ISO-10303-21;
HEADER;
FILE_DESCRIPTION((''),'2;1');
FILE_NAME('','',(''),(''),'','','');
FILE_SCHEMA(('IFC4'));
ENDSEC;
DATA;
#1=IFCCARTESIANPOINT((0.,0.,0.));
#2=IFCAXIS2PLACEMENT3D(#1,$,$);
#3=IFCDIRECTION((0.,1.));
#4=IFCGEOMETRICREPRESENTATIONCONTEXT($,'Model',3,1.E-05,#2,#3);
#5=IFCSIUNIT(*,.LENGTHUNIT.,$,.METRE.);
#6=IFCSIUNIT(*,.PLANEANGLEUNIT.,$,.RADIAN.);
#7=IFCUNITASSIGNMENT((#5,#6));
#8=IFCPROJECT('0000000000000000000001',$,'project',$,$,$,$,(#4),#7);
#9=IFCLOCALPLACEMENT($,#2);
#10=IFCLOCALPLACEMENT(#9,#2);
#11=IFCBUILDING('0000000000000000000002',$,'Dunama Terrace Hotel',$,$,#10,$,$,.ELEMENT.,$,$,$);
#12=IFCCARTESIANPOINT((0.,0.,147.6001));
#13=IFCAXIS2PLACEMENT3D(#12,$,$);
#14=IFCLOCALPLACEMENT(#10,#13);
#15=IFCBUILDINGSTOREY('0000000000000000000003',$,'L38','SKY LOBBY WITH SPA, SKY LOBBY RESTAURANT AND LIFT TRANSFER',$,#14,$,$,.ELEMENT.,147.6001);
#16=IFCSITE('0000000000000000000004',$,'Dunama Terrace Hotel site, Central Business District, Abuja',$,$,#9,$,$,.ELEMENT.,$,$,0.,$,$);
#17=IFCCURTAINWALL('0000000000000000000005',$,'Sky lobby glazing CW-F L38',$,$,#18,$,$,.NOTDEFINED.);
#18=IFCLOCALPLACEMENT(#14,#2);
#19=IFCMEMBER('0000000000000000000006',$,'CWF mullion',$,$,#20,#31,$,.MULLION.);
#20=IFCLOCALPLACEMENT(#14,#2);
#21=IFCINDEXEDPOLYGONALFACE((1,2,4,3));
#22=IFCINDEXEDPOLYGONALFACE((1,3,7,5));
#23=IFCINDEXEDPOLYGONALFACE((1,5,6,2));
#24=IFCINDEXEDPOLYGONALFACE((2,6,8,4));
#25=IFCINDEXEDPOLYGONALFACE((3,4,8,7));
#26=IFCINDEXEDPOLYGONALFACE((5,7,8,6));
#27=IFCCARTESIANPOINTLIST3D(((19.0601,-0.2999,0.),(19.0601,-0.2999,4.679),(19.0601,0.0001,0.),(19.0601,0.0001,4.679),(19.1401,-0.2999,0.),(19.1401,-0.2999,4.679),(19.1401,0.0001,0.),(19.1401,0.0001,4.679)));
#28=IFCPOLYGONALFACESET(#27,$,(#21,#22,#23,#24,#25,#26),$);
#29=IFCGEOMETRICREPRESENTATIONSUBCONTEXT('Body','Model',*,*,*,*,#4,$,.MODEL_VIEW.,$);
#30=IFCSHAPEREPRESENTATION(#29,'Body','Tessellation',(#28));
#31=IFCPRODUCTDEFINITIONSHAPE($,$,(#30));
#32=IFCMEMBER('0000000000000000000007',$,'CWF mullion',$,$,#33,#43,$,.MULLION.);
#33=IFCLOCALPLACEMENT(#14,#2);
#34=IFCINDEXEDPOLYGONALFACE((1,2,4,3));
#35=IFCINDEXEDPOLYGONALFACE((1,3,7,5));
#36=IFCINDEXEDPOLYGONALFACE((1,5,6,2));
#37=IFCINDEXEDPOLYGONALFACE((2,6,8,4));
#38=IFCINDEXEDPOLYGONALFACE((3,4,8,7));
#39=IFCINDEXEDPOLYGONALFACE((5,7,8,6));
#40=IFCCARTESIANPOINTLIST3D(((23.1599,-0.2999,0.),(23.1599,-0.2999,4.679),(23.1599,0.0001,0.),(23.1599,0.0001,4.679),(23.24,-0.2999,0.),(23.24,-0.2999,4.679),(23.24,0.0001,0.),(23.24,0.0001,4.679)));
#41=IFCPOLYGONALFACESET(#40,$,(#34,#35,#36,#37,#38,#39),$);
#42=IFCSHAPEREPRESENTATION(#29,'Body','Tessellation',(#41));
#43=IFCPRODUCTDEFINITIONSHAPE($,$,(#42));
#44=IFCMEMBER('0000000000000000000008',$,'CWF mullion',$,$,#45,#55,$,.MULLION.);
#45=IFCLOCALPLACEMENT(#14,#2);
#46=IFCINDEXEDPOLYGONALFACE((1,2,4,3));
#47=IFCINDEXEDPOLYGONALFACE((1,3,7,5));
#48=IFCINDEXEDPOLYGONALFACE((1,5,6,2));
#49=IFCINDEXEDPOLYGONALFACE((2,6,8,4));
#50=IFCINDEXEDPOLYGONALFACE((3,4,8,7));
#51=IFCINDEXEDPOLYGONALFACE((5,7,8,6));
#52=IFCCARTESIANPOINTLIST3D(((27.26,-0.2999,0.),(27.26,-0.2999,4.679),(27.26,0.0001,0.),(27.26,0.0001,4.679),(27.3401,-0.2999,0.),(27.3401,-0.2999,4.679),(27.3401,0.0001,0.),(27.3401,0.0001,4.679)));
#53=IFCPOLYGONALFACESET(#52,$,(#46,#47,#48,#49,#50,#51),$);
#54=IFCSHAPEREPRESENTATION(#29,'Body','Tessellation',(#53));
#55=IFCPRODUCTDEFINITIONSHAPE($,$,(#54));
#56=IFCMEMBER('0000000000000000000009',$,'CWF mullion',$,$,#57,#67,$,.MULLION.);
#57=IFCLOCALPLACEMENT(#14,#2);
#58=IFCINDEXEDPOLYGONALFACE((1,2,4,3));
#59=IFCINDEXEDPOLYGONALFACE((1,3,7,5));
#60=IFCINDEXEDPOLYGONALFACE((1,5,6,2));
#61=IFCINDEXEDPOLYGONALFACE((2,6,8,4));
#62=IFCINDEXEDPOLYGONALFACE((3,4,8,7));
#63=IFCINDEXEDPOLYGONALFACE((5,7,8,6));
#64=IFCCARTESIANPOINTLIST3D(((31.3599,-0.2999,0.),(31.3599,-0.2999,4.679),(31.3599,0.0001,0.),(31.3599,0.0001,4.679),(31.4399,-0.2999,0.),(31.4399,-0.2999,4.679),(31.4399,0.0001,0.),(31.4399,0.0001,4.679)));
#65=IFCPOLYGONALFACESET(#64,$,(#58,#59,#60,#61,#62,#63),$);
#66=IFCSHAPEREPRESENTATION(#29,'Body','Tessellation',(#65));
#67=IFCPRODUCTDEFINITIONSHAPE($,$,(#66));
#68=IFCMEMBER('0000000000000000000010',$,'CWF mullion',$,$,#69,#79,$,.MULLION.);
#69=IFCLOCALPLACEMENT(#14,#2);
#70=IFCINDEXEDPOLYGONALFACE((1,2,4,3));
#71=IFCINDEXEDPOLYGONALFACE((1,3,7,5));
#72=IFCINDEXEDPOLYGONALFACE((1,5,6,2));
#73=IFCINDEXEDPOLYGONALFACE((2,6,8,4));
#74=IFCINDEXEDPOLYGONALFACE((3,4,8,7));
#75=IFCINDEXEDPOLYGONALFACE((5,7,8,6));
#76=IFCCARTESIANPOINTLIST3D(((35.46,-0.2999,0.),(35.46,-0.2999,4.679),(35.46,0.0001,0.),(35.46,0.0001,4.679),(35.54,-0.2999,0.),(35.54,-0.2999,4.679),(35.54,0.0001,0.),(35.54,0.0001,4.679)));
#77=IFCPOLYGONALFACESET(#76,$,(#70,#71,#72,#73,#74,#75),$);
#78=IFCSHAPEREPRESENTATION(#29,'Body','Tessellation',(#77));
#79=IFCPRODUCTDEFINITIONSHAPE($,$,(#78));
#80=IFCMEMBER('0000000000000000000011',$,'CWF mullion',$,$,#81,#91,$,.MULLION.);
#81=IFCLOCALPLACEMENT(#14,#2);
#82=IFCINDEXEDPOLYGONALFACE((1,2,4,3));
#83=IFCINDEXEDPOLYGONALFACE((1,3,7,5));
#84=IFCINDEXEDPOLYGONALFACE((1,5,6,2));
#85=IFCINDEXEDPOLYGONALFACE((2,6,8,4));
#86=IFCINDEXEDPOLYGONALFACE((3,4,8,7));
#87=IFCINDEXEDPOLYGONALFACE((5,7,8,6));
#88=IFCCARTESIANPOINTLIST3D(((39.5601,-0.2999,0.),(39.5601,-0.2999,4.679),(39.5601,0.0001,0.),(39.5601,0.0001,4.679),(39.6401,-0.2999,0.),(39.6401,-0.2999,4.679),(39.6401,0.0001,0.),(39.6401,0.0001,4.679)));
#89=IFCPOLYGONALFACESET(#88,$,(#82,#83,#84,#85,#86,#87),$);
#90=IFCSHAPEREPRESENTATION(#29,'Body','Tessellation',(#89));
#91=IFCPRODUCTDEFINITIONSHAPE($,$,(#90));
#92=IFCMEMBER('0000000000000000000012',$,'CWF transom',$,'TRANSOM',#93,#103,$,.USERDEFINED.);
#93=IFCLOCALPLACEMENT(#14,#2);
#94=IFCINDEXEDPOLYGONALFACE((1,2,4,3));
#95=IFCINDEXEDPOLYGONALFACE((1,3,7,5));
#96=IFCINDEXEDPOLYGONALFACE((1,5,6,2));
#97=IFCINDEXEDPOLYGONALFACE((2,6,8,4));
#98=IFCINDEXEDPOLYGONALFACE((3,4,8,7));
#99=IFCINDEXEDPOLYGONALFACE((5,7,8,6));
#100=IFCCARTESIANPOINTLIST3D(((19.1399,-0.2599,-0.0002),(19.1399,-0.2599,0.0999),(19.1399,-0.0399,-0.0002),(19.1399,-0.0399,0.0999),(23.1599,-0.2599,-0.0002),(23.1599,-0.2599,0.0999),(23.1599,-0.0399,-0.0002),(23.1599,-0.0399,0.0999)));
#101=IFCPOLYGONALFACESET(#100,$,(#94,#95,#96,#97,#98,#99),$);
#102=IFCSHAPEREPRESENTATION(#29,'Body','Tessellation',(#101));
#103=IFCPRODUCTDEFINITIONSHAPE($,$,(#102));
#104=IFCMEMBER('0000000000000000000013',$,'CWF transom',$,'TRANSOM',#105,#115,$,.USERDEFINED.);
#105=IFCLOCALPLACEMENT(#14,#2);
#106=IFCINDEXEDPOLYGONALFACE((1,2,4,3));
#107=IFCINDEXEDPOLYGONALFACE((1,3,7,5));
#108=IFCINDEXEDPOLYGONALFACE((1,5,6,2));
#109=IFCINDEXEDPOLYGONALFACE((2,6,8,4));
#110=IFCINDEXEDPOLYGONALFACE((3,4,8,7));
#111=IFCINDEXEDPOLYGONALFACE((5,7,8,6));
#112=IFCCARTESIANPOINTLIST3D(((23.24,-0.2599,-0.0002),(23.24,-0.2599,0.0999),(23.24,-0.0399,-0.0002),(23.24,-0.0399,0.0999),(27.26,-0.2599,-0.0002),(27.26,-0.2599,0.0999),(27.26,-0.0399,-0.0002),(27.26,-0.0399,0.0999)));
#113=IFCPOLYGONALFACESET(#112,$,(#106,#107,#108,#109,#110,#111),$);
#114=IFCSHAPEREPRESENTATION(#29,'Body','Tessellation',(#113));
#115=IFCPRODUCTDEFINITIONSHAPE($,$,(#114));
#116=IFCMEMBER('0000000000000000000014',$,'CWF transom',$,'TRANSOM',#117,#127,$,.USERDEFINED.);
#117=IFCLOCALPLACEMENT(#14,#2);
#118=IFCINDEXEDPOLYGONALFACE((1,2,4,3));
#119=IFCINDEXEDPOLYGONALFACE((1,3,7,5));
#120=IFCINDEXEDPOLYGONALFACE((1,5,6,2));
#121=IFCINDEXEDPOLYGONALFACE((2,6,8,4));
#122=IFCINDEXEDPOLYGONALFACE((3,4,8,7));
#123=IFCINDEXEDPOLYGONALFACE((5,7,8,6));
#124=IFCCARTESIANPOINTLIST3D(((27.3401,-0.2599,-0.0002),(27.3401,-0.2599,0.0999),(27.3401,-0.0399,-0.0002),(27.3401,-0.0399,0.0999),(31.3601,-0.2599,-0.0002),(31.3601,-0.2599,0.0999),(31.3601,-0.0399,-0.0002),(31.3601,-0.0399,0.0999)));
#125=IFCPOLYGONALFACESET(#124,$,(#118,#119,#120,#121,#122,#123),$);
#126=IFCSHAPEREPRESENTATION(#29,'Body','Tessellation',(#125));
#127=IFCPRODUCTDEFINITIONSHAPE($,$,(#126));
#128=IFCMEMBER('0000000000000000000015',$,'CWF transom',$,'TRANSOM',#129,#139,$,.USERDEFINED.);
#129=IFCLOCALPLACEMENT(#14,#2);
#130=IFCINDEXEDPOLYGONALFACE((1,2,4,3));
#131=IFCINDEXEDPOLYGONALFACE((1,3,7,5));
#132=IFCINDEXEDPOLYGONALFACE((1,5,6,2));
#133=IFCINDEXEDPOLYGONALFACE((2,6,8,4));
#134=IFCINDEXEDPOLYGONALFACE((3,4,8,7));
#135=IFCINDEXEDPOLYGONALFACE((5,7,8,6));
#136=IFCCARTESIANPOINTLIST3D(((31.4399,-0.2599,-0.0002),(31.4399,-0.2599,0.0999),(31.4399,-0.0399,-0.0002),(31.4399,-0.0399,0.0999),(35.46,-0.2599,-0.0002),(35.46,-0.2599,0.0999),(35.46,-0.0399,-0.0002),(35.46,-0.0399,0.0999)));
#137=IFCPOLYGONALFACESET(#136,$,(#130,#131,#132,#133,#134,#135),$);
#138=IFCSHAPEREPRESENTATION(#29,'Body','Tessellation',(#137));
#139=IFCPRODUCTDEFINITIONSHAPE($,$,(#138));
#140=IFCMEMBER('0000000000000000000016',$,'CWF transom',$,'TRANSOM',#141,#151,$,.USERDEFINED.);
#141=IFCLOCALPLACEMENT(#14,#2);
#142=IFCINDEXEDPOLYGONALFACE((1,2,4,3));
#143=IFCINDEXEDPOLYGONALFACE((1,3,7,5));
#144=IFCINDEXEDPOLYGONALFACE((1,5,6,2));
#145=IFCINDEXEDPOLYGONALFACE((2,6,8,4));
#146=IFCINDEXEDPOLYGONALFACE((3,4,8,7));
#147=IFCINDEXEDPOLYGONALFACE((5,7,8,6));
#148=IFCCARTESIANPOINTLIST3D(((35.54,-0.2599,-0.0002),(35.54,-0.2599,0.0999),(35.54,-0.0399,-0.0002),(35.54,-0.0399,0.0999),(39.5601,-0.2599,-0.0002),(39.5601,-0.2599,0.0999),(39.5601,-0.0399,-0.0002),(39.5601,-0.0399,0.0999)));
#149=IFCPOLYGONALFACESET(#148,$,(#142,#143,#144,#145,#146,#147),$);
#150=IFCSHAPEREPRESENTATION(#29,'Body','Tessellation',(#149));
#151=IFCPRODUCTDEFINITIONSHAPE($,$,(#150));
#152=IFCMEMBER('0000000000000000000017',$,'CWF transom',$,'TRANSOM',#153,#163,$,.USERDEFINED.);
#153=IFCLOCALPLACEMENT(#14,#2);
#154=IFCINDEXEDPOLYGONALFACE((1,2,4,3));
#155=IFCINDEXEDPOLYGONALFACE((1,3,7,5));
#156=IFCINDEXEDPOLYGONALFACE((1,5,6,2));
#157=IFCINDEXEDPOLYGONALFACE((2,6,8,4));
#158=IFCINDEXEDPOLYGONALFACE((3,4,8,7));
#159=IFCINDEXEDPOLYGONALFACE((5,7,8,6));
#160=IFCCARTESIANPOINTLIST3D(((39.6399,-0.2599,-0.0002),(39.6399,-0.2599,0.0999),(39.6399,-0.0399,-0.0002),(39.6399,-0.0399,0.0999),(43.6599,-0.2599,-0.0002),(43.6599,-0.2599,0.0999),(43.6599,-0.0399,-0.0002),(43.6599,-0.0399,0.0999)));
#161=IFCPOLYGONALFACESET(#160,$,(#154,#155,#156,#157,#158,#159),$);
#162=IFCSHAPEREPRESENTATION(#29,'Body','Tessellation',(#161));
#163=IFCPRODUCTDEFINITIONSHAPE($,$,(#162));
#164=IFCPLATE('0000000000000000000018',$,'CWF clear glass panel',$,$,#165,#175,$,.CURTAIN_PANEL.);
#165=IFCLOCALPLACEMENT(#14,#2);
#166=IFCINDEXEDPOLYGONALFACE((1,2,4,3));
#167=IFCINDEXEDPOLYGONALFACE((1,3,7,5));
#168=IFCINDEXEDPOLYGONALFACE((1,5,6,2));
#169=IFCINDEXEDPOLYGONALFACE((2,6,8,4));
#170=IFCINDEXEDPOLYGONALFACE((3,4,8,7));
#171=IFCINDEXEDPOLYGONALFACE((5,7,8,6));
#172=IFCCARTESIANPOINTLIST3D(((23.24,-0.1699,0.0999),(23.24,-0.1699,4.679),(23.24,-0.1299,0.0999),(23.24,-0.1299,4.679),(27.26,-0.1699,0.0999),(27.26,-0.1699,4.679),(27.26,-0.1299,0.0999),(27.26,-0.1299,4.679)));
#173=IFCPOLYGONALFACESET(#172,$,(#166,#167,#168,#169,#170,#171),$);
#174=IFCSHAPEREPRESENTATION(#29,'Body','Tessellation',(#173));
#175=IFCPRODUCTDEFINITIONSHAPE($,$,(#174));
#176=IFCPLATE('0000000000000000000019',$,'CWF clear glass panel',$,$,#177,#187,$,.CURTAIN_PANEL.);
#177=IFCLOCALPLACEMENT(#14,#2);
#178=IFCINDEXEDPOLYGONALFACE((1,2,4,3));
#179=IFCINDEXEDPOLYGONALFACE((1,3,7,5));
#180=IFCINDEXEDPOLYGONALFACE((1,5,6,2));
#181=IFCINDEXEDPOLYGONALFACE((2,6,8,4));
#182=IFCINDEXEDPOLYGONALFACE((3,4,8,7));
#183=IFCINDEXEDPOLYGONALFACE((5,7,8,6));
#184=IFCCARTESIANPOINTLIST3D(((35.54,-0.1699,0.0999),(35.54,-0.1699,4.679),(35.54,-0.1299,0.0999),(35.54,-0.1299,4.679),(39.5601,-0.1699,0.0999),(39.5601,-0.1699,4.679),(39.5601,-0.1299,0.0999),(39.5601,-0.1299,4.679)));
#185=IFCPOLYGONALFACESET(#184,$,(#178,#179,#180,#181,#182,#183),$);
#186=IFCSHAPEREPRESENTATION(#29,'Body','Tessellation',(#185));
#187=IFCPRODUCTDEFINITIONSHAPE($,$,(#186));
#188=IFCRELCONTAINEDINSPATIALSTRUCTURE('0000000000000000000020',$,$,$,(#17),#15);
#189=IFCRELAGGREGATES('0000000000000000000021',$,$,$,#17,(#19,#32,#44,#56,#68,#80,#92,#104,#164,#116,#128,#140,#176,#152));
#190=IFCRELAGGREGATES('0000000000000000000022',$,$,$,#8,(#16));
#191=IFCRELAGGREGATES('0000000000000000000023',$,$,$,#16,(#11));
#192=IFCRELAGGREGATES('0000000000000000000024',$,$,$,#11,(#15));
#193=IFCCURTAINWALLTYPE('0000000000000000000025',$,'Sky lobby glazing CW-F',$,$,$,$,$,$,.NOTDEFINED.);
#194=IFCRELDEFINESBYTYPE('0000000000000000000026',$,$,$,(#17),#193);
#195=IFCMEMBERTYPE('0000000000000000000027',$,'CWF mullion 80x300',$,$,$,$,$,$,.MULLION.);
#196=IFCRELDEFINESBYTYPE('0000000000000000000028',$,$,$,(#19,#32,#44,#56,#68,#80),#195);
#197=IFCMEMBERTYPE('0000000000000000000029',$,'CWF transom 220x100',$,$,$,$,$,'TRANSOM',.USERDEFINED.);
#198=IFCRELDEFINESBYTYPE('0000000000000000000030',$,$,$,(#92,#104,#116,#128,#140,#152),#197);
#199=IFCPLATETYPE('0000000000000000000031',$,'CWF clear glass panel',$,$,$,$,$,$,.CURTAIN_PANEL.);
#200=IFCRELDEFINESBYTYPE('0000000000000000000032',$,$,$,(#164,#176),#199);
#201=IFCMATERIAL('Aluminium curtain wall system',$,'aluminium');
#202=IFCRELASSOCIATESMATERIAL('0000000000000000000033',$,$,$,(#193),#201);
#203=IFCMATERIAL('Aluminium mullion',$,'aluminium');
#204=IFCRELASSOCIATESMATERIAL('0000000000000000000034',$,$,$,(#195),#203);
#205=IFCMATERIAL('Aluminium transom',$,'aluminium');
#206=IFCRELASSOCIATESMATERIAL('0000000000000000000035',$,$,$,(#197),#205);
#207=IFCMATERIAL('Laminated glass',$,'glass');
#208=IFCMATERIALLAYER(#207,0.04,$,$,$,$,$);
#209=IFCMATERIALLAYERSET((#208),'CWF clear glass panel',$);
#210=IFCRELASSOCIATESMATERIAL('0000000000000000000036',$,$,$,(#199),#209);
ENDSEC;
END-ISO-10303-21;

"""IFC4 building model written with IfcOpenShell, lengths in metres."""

from ifc_helpers import new_model, si_unit, direction, frame, origin, origin_2d, place, context, subcontext, project, spatial, rectangle, extrude, material, layer, layer_set, material_profile, profile_set, type_object, element, aggregate, save


model = new_model("IFC4")

# Units and contexts
model_context = context("Model", 3, precision=1e-05, world=origin(), true_north=direction((0.0, 1.0)))
body_context = subcontext(model_context, "Body", "Model", "MODEL_VIEW")
ifc_project = project(units=[si_unit("LENGTHUNIT", "METRE"), si_unit("PLANEANGLEUNIT", "RADIAN")], contexts=[model_context])

# Site, building, storey
site_placement = place(None, origin())
site = spatial("IfcSite", under=ifc_project, at=site_placement, Name="Dunama Terrace Hotel site, Central Business District, Abuja", CompositionType="ELEMENT", RefElevation=0.0)
building_placement = place(site_placement, origin())
building = spatial("IfcBuilding", under=site, at=building_placement, Name="Dunama Terrace Hotel", CompositionType="ELEMENT")
storey_placement = place(building_placement, frame((0.0, 0.0, 147.6001)))
storey = spatial("IfcBuildingStorey", under=building, at=storey_placement, Name="L38", Description="SKY LOBBY WITH SPA, SKY LOBBY RESTAURANT AND LIFT TRANSFER", CompositionType="ELEMENT", Elevation=147.6001)

# Curtain wall, members, plates
ifc_material_1 = material(Name="Aluminium curtain wall system", Category="aluminium")
curtain_wall_type = type_object("IfcCurtainWallType", Name="Sky lobby glazing CW-F", PredefinedType="NOTDEFINED", material=ifc_material_1)
curtain_wall_placement = place(storey_placement, origin())
curtain_wall = element("IfcCurtainWall", 1, at=curtain_wall_placement, inside=storey, type_object=curtain_wall_type, Name="Sky lobby glazing CW-F L38", PredefinedType="NOTDEFINED")
ifc_material_2 = material(Name="Aluminium mullion", Category="aluminium")
ifc_material_profile_1 = material_profile(ifc_material_2, rectangle(XDim=0.0801, YDim=0.3, at=origin_2d()), Name="CWF MULLION 80X300")
ifc_profile_set_1 = profile_set([ifc_material_profile_1], Name="Aluminium mullion")
member_type_1 = type_object("IfcMemberType", Name="CWF mullion 80x300", PredefinedType="MULLION", material=ifc_profile_set_1)
member_1_placement = place(storey_placement, frame((19.1001, -0.1499, 0.0), z_axis=(0.0, 0.0, 1.0), x_axis=(1.0, 0.0, 0.0)))
member_1 = element("IfcMember", 2, at=member_1_placement, type_object=member_type_1, Name="CWF mullion", PredefinedType="MULLION", context=body_context, shape_type="SweptSolid", body=[
    extrude(rectangle(XDim=0.0801, YDim=0.3, at=origin_2d()), origin(), (0.0, 0.0, 1.0), 4.679),
])
member_2_placement = place(storey_placement, frame((23.2, -0.1499, 0.0), z_axis=(0.0, 0.0, 1.0), x_axis=(1.0, 0.0, 0.0)))
member_2 = element("IfcMember", 3, at=member_2_placement, type_object=member_type_1, Name="CWF mullion", PredefinedType="MULLION", context=body_context, shape_type="SweptSolid", body=[
    extrude(rectangle(XDim=0.0801, YDim=0.3, at=origin_2d()), origin(), (0.0, 0.0, 1.0), 4.679),
])
member_3_placement = place(storey_placement, frame((27.3, -0.1499, 0.0), z_axis=(0.0, 0.0, 1.0), x_axis=(1.0, 0.0, 0.0)))
member_3 = element("IfcMember", 4, at=member_3_placement, type_object=member_type_1, Name="CWF mullion", PredefinedType="MULLION", context=body_context, shape_type="SweptSolid", body=[
    extrude(rectangle(XDim=0.0801, YDim=0.3, at=origin_2d()), origin(), (0.0, 0.0, 1.0), 4.679),
])
member_4_placement = place(storey_placement, frame((31.3999, -0.1499, 0.0), z_axis=(0.0, 0.0, 1.0), x_axis=(1.0, 0.0, 0.0)))
member_4 = element("IfcMember", 5, at=member_4_placement, type_object=member_type_1, Name="CWF mullion", PredefinedType="MULLION", context=body_context, shape_type="SweptSolid", body=[
    extrude(rectangle(XDim=0.0801, YDim=0.3, at=origin_2d()), origin(), (0.0, 0.0, 1.0), 4.679),
])
member_5_placement = place(storey_placement, frame((35.5, -0.1499, 0.0), z_axis=(0.0, 0.0, 1.0), x_axis=(1.0, 0.0, 0.0)))
member_5 = element("IfcMember", 6, at=member_5_placement, type_object=member_type_1, Name="CWF mullion", PredefinedType="MULLION", context=body_context, shape_type="SweptSolid", body=[
    extrude(rectangle(XDim=0.0801, YDim=0.3, at=origin_2d()), origin(), (0.0, 0.0, 1.0), 4.679),
])
member_6_placement = place(storey_placement, frame((39.6001, -0.1499, 0.0), z_axis=(0.0, 0.0, 1.0), x_axis=(1.0, 0.0, 0.0)))
member_6 = element("IfcMember", 7, at=member_6_placement, type_object=member_type_1, Name="CWF mullion", PredefinedType="MULLION", context=body_context, shape_type="SweptSolid", body=[
    extrude(rectangle(XDim=0.0801, YDim=0.3, at=origin_2d()), origin(), (0.0, 0.0, 1.0), 4.679),
])
ifc_material_3 = material(Name="Aluminium transom", Category="aluminium")
ifc_material_profile_2 = material_profile(ifc_material_3, rectangle(XDim=0.22, YDim=0.1001, at=origin_2d()), Name="CWF TRANSOM 220X100")
ifc_profile_set_2 = profile_set([ifc_material_profile_2], Name="Aluminium transom")
member_type_2 = type_object("IfcMemberType", Name="CWF transom 220x100", ElementType="TRANSOM", PredefinedType="USERDEFINED", material=ifc_profile_set_2)
member_7_placement = place(storey_placement, frame((19.1399, -0.1499, 0.0498), z_axis=(1.0, 0.0, 0.0), x_axis=(0.0, 1.0, 0.0)))
member_7 = element("IfcMember", 8, at=member_7_placement, type_object=member_type_2, Name="CWF transom", ObjectType="TRANSOM", PredefinedType="USERDEFINED", context=body_context, shape_type="SweptSolid", body=[
    extrude(rectangle(XDim=0.22, YDim=0.1001, at=origin_2d()), origin(), (0.0, 0.0, 1.0), 4.02),
])
member_8_placement = place(storey_placement, frame((23.24, -0.1499, 0.0498), z_axis=(1.0, 0.0, 0.0), x_axis=(0.0, 1.0, 0.0)))
member_8 = element("IfcMember", 9, at=member_8_placement, type_object=member_type_2, Name="CWF transom", ObjectType="TRANSOM", PredefinedType="USERDEFINED", context=body_context, shape_type="SweptSolid", body=[
    extrude(rectangle(XDim=0.22, YDim=0.1001, at=origin_2d()), origin(), (0.0, 0.0, 1.0), 4.02),
])
member_9_placement = place(storey_placement, frame((27.3401, -0.1499, 0.0498), z_axis=(1.0, 0.0, 0.0), x_axis=(0.0, 1.0, 0.0)))
member_9 = element("IfcMember", 10, at=member_9_placement, type_object=member_type_2, Name="CWF transom", ObjectType="TRANSOM", PredefinedType="USERDEFINED", context=body_context, shape_type="SweptSolid", body=[
    extrude(rectangle(XDim=0.22, YDim=0.1001, at=origin_2d()), origin(), (0.0, 0.0, 1.0), 4.02),
])
member_10_placement = place(storey_placement, frame((31.4399, -0.1499, 0.0498), z_axis=(1.0, 0.0, 0.0), x_axis=(0.0, 1.0, 0.0)))
member_10 = element("IfcMember", 11, at=member_10_placement, type_object=member_type_2, Name="CWF transom", ObjectType="TRANSOM", PredefinedType="USERDEFINED", context=body_context, shape_type="SweptSolid", body=[
    extrude(rectangle(XDim=0.22, YDim=0.1001, at=origin_2d()), origin(), (0.0, 0.0, 1.0), 4.02),
])
member_11_placement = place(storey_placement, frame((35.54, -0.1499, 0.0498), z_axis=(1.0, 0.0, 0.0), x_axis=(0.0, 1.0, 0.0)))
member_11 = element("IfcMember", 12, at=member_11_placement, type_object=member_type_2, Name="CWF transom", ObjectType="TRANSOM", PredefinedType="USERDEFINED", context=body_context, shape_type="SweptSolid", body=[
    extrude(rectangle(XDim=0.22, YDim=0.1001, at=origin_2d()), origin(), (0.0, 0.0, 1.0), 4.02),
])
member_12_placement = place(storey_placement, frame((39.6399, -0.1499, 0.0498), z_axis=(1.0, 0.0, 0.0), x_axis=(0.0, 1.0, 0.0)))
member_12 = element("IfcMember", 13, at=member_12_placement, type_object=member_type_2, Name="CWF transom", ObjectType="TRANSOM", PredefinedType="USERDEFINED", context=body_context, shape_type="SweptSolid", body=[
    extrude(rectangle(XDim=0.22, YDim=0.1001, at=origin_2d()), origin(), (0.0, 0.0, 1.0), 4.02),
])
ifc_material_4 = material(Name="Laminated glass", Category="glass")
ifc_layer_1 = layer(ifc_material_4, 0.04)
ifc_layer_set_1 = layer_set([ifc_layer_1], Name="CWF clear glass panel")
plate_type_1 = type_object("IfcPlateType", Name="CWF clear glass panel", PredefinedType="CURTAIN_PANEL", material=ifc_layer_set_1)
plate_1_placement = place(storey_placement, frame((25.25, -0.1499, 0.0999), z_axis=(0.0, 0.0, 1.0), x_axis=(1.0, 0.0, 0.0)))
plate_1 = element("IfcPlate", 14, at=plate_1_placement, type_object=plate_type_1, Name="CWF clear glass panel", PredefinedType="CURTAIN_PANEL", context=body_context, shape_type="SweptSolid", body=[
    extrude(rectangle(XDim=4.02, YDim=0.04, at=origin_2d()), origin(), (0.0, 0.0, 1.0), 4.5791),
])
plate_2_placement = place(storey_placement, frame((37.55, -0.1499, 0.0999), z_axis=(0.0, 0.0, 1.0), x_axis=(1.0, 0.0, 0.0)))
plate_2 = element("IfcPlate", 15, at=plate_2_placement, type_object=plate_type_1, Name="CWF clear glass panel", PredefinedType="CURTAIN_PANEL", context=body_context, shape_type="SweptSolid", body=[
    extrude(rectangle(XDim=4.02, YDim=0.04, at=origin_2d()), origin(), (0.0, 0.0, 1.0), 4.5791),
])
aggregate(curtain_wall, [member_1, member_2, member_3, member_4, member_5, member_6, member_7, member_8, plate_1, member_9, member_10, member_11, plate_2, member_12])

save(model, "model.ifc")
